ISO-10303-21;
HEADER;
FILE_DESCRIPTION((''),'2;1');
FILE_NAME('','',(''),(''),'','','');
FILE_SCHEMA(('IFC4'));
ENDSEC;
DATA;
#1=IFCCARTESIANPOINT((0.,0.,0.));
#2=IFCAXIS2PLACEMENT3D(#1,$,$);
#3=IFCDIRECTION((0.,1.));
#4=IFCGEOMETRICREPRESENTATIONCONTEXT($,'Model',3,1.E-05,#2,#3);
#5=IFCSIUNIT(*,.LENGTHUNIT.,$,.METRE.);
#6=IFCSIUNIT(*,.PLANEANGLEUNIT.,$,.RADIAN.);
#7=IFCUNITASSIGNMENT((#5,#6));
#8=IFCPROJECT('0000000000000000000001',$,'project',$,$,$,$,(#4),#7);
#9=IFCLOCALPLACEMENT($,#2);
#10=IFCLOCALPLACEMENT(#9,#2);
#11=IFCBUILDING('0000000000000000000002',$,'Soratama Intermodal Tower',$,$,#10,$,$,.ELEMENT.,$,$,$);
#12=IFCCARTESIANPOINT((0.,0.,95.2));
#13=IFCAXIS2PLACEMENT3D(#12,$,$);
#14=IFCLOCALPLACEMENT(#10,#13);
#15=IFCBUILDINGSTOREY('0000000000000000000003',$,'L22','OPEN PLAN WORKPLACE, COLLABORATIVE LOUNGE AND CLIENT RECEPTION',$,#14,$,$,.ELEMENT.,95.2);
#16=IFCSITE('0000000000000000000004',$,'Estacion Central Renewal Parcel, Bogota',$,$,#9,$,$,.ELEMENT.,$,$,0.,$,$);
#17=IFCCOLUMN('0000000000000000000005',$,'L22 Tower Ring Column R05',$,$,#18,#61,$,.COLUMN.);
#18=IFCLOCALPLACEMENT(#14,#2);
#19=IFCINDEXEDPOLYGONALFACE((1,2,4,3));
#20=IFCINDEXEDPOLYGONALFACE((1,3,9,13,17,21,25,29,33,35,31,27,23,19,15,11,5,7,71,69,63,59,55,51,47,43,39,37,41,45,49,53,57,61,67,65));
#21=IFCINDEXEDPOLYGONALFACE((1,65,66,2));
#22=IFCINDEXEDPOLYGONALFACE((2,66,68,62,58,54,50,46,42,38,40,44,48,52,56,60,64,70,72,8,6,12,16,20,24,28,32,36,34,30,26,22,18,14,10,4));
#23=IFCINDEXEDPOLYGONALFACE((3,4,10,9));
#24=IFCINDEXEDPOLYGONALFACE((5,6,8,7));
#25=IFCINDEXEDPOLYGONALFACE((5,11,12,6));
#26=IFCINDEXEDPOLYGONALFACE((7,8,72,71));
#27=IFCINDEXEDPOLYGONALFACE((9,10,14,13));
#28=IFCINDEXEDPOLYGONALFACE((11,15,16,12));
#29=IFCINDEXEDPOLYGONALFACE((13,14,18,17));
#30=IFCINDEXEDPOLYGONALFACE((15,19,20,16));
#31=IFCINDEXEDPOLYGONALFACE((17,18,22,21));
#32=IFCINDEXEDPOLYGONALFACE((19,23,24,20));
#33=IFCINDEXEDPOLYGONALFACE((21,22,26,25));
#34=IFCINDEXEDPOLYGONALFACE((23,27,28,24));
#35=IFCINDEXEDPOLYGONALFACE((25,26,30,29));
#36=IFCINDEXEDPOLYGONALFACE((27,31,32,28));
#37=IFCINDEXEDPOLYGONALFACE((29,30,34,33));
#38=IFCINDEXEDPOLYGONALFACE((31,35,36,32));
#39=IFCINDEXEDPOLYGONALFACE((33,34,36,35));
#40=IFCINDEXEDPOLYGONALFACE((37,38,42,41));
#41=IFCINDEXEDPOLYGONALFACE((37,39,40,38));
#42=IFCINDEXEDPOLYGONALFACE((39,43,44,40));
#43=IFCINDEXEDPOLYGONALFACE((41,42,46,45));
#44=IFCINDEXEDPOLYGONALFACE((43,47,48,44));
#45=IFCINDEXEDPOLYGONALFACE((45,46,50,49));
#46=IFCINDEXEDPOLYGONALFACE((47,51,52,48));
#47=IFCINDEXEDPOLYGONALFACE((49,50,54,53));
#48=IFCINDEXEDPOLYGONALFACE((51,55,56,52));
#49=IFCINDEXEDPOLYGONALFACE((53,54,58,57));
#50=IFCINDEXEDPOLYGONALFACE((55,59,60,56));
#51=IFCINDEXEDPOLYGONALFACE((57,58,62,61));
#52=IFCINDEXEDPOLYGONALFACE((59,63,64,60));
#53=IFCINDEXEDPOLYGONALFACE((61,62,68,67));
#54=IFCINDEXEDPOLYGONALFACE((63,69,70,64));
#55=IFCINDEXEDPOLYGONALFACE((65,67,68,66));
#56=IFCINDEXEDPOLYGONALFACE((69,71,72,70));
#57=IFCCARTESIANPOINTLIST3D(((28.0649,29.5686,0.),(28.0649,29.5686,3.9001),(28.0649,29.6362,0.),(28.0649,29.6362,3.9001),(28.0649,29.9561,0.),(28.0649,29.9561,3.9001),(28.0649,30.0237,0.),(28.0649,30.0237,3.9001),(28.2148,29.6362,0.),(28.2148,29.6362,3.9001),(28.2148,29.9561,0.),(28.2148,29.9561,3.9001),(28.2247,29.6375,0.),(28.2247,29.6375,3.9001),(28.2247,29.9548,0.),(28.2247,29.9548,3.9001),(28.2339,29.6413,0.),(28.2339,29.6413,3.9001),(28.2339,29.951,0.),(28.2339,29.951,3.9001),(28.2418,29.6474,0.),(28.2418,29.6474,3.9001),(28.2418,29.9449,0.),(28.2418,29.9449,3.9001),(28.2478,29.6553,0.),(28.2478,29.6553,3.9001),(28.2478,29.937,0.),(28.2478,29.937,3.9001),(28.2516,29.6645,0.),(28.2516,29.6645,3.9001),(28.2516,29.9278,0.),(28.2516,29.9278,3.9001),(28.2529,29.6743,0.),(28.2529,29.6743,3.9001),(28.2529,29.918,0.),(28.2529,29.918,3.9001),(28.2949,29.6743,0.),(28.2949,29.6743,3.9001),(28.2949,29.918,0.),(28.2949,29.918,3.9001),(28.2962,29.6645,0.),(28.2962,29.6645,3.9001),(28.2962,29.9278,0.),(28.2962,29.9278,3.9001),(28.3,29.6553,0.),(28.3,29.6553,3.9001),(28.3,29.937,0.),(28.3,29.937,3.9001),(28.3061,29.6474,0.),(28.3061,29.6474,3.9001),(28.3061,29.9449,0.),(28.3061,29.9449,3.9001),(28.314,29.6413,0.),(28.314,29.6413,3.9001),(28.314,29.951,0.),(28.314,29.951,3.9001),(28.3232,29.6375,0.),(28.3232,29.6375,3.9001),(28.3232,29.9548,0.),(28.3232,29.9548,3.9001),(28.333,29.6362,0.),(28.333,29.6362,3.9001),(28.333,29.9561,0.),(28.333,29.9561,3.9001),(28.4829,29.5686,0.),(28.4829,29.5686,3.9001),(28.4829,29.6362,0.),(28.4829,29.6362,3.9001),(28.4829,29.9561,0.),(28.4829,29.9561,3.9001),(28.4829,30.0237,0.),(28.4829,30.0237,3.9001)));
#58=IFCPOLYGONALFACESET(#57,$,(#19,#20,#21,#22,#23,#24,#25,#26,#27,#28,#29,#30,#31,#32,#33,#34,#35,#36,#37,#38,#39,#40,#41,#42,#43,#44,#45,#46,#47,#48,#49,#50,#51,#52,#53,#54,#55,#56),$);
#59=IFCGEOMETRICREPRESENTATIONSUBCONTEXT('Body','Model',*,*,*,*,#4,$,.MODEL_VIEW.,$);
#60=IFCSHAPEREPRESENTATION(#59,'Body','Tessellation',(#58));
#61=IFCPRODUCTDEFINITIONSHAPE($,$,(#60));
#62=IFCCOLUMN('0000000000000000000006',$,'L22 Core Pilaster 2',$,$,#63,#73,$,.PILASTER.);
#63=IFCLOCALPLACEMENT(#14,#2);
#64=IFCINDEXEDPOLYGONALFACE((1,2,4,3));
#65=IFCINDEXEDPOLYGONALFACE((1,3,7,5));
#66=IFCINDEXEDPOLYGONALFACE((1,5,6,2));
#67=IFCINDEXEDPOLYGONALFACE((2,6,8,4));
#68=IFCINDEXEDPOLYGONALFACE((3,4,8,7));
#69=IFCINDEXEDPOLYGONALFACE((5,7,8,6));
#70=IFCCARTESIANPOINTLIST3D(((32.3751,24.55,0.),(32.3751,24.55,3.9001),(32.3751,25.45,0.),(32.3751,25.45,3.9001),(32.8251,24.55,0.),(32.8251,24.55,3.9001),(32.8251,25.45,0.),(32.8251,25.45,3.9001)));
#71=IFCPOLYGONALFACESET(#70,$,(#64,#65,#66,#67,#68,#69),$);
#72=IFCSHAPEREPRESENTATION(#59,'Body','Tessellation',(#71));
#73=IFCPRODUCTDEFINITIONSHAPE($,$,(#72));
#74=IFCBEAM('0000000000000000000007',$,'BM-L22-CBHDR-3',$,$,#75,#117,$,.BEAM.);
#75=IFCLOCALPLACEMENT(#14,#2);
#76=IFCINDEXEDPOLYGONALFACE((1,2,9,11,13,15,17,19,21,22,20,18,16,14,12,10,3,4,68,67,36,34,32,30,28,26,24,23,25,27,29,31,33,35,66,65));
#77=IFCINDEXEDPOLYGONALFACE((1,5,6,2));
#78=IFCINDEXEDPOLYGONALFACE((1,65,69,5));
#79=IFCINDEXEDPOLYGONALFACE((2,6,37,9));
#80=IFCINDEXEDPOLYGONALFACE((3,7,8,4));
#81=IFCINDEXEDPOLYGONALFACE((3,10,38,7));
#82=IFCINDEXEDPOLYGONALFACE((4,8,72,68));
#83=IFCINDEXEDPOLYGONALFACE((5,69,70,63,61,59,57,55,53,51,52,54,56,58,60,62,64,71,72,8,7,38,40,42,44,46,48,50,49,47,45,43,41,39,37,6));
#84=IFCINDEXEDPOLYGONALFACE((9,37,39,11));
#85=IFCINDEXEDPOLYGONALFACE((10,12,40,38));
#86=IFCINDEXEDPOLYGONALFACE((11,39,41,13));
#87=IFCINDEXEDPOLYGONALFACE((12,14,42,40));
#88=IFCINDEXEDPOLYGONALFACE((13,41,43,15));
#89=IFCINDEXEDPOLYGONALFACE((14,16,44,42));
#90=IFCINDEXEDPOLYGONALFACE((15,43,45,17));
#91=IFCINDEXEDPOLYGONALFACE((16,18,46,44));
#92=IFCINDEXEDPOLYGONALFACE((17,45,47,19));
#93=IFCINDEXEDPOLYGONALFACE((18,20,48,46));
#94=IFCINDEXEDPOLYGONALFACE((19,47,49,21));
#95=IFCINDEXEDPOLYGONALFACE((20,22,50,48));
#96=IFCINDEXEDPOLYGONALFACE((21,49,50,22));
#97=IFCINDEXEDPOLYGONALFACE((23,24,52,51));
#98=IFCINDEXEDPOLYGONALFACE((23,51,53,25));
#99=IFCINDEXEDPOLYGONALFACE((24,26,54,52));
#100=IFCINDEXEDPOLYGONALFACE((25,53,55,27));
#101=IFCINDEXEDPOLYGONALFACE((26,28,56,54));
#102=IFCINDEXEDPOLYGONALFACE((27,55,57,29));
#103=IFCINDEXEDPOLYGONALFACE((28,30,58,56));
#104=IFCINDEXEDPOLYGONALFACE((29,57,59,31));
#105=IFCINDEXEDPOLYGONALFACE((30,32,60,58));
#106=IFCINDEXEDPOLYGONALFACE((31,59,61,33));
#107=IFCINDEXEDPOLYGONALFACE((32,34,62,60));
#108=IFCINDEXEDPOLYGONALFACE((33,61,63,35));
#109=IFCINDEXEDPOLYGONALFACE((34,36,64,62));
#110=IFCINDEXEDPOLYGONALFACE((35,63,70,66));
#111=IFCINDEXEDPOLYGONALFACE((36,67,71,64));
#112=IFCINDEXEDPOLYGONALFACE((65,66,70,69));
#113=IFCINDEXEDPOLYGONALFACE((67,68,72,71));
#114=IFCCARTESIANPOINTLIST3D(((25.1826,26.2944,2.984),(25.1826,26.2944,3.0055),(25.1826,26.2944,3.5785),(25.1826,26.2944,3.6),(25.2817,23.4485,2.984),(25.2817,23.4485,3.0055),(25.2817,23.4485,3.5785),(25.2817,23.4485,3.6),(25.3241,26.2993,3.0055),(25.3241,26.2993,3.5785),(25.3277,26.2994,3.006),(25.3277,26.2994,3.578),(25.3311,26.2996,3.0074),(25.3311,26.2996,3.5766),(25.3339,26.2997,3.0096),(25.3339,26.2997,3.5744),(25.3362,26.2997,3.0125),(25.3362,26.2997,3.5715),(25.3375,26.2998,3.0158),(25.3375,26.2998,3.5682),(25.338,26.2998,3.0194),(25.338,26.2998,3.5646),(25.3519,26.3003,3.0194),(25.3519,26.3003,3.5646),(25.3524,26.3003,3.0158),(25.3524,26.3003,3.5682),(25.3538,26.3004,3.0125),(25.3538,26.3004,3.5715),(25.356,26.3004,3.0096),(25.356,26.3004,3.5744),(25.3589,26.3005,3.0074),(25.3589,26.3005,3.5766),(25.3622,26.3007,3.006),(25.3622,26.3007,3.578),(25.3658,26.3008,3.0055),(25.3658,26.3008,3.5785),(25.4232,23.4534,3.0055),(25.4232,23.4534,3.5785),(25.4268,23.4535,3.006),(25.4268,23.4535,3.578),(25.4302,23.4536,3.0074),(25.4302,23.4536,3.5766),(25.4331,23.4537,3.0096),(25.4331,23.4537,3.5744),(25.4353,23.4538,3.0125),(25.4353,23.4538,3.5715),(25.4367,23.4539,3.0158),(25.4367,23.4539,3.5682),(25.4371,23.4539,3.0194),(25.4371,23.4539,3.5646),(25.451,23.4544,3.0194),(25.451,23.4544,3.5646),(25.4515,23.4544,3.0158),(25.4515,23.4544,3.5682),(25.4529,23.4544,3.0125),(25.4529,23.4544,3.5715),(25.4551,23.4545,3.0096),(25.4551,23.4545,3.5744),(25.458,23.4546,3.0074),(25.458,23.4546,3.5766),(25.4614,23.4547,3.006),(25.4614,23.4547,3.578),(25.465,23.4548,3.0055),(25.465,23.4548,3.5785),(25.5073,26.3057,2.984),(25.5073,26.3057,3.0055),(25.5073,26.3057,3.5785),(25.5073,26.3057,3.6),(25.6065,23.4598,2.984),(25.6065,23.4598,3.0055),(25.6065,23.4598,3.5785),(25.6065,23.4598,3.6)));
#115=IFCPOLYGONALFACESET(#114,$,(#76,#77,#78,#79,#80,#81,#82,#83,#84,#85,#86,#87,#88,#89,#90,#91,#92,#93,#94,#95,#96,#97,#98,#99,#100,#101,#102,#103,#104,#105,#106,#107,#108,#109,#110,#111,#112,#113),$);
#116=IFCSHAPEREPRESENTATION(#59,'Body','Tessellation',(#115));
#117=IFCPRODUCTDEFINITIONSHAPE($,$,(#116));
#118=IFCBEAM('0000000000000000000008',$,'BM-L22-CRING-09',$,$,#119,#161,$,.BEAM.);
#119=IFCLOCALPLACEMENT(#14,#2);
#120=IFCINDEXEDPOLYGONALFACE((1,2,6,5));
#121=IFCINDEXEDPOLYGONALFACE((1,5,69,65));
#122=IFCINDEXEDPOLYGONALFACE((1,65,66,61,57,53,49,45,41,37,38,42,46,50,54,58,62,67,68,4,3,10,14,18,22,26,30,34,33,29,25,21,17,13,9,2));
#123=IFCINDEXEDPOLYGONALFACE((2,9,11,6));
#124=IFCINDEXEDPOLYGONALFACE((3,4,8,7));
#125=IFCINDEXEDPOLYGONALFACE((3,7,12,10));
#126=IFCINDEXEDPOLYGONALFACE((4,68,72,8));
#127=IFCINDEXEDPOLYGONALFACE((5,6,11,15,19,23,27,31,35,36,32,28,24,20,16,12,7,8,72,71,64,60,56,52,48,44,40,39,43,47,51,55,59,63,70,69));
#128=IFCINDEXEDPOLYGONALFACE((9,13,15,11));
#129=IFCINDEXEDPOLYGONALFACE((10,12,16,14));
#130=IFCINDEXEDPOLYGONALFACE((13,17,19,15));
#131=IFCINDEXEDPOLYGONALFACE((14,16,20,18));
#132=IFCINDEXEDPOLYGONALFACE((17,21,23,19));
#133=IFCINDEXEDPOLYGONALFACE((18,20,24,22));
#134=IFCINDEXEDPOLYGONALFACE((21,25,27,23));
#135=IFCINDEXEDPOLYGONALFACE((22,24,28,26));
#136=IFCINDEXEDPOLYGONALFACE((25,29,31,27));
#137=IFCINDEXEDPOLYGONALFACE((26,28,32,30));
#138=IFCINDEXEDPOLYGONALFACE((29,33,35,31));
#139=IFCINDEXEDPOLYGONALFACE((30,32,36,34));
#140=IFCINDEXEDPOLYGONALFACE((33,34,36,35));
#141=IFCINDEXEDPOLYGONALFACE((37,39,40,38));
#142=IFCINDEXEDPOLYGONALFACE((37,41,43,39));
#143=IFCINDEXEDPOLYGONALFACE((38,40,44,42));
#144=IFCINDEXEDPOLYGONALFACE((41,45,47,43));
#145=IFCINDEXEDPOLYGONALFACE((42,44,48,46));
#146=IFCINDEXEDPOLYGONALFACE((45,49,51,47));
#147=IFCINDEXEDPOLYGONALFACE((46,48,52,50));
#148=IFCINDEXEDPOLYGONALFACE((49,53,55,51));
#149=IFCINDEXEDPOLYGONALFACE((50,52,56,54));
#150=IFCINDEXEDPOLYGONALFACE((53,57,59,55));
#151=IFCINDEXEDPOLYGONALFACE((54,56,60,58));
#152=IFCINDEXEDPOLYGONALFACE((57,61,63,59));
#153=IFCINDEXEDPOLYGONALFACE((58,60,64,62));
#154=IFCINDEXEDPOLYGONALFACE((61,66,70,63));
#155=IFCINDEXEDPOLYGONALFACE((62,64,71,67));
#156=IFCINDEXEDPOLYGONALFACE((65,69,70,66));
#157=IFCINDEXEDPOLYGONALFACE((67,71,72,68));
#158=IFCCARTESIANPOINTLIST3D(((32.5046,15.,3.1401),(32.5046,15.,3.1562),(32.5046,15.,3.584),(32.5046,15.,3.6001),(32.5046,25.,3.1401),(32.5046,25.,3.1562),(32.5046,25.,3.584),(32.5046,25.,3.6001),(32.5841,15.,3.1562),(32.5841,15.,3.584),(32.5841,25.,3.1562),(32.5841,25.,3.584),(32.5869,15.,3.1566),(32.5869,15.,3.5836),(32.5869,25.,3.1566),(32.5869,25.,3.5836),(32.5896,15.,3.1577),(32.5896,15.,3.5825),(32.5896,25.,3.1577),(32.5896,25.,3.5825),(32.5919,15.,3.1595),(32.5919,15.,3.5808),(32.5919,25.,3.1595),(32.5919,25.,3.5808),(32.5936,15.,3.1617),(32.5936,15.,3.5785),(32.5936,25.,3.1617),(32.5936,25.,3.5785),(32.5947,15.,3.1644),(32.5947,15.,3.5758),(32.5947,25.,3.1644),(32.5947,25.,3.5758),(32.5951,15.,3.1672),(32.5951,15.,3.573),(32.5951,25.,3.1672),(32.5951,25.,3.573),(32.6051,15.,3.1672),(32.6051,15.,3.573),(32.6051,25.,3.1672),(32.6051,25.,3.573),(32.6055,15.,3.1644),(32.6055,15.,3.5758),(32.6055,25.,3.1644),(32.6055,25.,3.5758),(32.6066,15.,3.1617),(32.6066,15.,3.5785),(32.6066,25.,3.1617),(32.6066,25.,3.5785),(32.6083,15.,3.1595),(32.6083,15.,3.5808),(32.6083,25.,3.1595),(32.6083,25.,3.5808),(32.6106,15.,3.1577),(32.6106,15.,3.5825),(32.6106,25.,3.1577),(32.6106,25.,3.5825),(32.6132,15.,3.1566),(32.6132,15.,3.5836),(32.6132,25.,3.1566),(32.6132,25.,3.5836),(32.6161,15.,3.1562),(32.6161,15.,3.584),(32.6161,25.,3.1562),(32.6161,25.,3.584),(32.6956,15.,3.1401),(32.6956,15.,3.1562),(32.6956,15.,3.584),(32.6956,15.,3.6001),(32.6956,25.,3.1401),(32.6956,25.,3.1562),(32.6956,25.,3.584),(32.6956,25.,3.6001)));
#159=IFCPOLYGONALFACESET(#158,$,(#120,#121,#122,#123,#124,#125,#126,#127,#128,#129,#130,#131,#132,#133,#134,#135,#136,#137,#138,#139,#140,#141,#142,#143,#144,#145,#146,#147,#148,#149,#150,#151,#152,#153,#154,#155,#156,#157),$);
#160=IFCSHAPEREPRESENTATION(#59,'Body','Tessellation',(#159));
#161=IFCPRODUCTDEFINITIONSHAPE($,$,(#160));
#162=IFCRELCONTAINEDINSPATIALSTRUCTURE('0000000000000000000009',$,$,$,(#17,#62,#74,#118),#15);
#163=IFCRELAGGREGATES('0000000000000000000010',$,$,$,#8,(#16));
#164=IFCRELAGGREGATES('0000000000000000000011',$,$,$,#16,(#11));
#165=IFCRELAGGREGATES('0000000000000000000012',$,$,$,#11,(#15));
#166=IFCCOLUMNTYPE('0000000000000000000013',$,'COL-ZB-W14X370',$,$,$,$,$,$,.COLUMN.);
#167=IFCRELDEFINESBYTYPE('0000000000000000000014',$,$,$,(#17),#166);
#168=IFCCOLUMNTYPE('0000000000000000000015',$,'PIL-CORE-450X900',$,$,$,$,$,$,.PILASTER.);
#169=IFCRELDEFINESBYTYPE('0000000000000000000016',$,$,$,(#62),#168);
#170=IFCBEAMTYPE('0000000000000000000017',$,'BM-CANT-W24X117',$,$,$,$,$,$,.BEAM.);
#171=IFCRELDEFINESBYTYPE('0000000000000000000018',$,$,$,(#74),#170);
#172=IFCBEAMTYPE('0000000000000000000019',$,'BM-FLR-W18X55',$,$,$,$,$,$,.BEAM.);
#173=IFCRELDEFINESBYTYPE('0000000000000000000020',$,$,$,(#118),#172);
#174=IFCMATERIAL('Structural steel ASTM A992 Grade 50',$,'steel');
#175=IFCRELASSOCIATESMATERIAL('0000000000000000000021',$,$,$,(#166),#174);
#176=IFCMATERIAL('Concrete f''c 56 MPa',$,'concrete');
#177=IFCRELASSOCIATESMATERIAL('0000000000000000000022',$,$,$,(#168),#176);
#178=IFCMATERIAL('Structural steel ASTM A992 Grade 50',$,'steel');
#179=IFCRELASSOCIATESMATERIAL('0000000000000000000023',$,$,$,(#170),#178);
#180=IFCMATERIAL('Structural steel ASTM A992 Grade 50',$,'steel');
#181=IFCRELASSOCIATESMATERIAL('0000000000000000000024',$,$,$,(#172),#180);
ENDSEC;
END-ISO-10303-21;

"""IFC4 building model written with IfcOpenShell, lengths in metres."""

from ifc_helpers import new_model, si_unit, direction, frame, origin, origin_2d, place, context, subcontext, project, spatial, rectangle, i_section, extrude, material, material_profile, profile_set, type_object, element, save


model = new_model("IFC4")

# Units and contexts
model_context = context("Model", 3, precision=1e-05, world=origin(), true_north=direction((0.0, 1.0)))
body_context = subcontext(model_context, "Body", "Model", "MODEL_VIEW")
ifc_project = project(units=[si_unit("LENGTHUNIT", "METRE"), si_unit("PLANEANGLEUNIT", "RADIAN")], contexts=[model_context])

# Site, building, storey
site_placement = place(None, origin())
site = spatial("IfcSite", under=ifc_project, at=site_placement, Name="Estacion Central Renewal Parcel, Bogota", CompositionType="ELEMENT", RefElevation=0.0)
building_placement = place(site_placement, origin())
building = spatial("IfcBuilding", under=site, at=building_placement, Name="Soratama Intermodal Tower", CompositionType="ELEMENT")
storey_placement = place(building_placement, frame((0.0, 0.0, 95.2)))
storey = spatial("IfcBuildingStorey", under=building, at=storey_placement, Name="L22", Description="OPEN PLAN WORKPLACE, COLLABORATIVE LOUNGE AND CLIENT RECEPTION", CompositionType="ELEMENT", Elevation=95.2)

# Columns
ifc_material_1 = material(Name="Structural steel ASTM A992 Grade 50", Category="steel")
ifc_material_profile_1 = material_profile(ifc_material_1, i_section(OverallWidth=0.418, OverallDepth=0.4551, WebThickness=0.042, FlangeThickness=0.0676, FilletRadius=0.0381, at=origin_2d()), Name="W14X370")
ifc_profile_set_1 = profile_set([ifc_material_profile_1], Name="Structural steel ASTM A992 Grade 50")
column_type_1 = type_object("IfcColumnType", Name="COL-ZB-W14X370", PredefinedType="COLUMN", material=ifc_profile_set_1)
column_1_placement = place(storey_placement, frame((28.2739, 29.7961, 0.0), z_axis=(0.0, 0.0, 1.0), x_axis=(1.0, 0.0, 0.0)))
element("IfcColumn", 1, at=column_1_placement, inside=storey, type_object=column_type_1, Name="L22 Tower Ring Column R05", PredefinedType="COLUMN", context=body_context, shape_type="SweptSolid", body=[
    extrude(i_section(OverallWidth=0.418, OverallDepth=0.4551, WebThickness=0.042, FlangeThickness=0.0676, FilletRadius=0.0381, at=origin_2d()), origin(), (0.0, 0.0, 1.0), 3.9001),
])
ifc_material_2 = material(Name="Concrete f'c 56 MPa", Category="concrete")
ifc_material_profile_2 = material_profile(ifc_material_2, rectangle(XDim=0.45, YDim=0.8999, at=origin_2d()), Name="RC450X900")
ifc_profile_set_2 = profile_set([ifc_material_profile_2], Name="Concrete f'c 56 MPa")
column_type_2 = type_object("IfcColumnType", Name="PIL-CORE-450X900", PredefinedType="PILASTER", material=ifc_profile_set_2)
column_2_placement = place(storey_placement, frame((32.6001, 25.0, 0.0), z_axis=(0.0, 0.0, 1.0), x_axis=(1.0, 0.0, 0.0)))
element("IfcColumn", 2, at=column_2_placement, inside=storey, type_object=column_type_2, Name="L22 Core Pilaster 2", PredefinedType="PILASTER", context=body_context, shape_type="SweptSolid", body=[
    extrude(rectangle(XDim=0.45, YDim=0.8999, at=origin_2d()), origin(), (0.0, 0.0, 1.0), 3.9001),
])

# Beams
ifc_material_3 = material(Name="Structural steel ASTM A992 Grade 50", Category="steel")
ifc_material_profile_3 = material_profile(ifc_material_3, i_section(OverallWidth=0.325, OverallDepth=0.616, WebThickness=0.0139, FlangeThickness=0.0215, FilletRadius=0.0139, at=origin_2d()), Name="W24X117")
ifc_profile_set_3 = profile_set([ifc_material_profile_3], Name="Structural steel ASTM A992 Grade 50")
beam_type_1 = type_object("IfcBeamType", Name="BM-CANT-W24X117", PredefinedType="BEAM", material=ifc_profile_set_3)
beam_1_placement = place(storey_placement, frame((25.345, 26.3, 3.292), z_axis=(0.034808, -0.999394, 0.0), x_axis=(0.999394, 0.034808, 0.0)))
element("IfcBeam", 3, at=beam_1_placement, inside=storey, type_object=beam_type_1, Name="BM-L22-CBHDR-3", PredefinedType="BEAM", context=body_context, shape_type="SweptSolid", body=[
    extrude(i_section(OverallWidth=0.325, OverallDepth=0.616, WebThickness=0.0139, FlangeThickness=0.0215, FilletRadius=0.0139, at=origin_2d()), origin(), (0.0, 0.0, 1.0), 2.8477),
])
ifc_material_4 = material(Name="Structural steel ASTM A992 Grade 50", Category="steel")
ifc_material_profile_4 = material_profile(ifc_material_4, i_section(OverallWidth=0.1909, OverallDepth=0.46, WebThickness=0.01, FlangeThickness=0.0161, FilletRadius=0.011, at=origin_2d()), Name="W18X55")
ifc_profile_set_4 = profile_set([ifc_material_profile_4], Name="Structural steel ASTM A992 Grade 50")
beam_type_2 = type_object("IfcBeamType", Name="BM-FLR-W18X55", PredefinedType="BEAM", material=ifc_profile_set_4)
beam_2_placement = place(storey_placement, frame((32.6001, 25.0, 3.3701), z_axis=(0.0, -1.0, 0.0), x_axis=(1.0, 0.0, 0.0)))
element("IfcBeam", 4, at=beam_2_placement, inside=storey, type_object=beam_type_2, Name="BM-L22-CRING-09", PredefinedType="BEAM", context=body_context, shape_type="SweptSolid", body=[
    extrude(i_section(OverallWidth=0.1909, OverallDepth=0.46, WebThickness=0.01, FlangeThickness=0.0161, FilletRadius=0.011, at=origin_2d()), origin(), (0.0, 0.0, 1.0), 10.0),
])

save(model, "model.ifc")
